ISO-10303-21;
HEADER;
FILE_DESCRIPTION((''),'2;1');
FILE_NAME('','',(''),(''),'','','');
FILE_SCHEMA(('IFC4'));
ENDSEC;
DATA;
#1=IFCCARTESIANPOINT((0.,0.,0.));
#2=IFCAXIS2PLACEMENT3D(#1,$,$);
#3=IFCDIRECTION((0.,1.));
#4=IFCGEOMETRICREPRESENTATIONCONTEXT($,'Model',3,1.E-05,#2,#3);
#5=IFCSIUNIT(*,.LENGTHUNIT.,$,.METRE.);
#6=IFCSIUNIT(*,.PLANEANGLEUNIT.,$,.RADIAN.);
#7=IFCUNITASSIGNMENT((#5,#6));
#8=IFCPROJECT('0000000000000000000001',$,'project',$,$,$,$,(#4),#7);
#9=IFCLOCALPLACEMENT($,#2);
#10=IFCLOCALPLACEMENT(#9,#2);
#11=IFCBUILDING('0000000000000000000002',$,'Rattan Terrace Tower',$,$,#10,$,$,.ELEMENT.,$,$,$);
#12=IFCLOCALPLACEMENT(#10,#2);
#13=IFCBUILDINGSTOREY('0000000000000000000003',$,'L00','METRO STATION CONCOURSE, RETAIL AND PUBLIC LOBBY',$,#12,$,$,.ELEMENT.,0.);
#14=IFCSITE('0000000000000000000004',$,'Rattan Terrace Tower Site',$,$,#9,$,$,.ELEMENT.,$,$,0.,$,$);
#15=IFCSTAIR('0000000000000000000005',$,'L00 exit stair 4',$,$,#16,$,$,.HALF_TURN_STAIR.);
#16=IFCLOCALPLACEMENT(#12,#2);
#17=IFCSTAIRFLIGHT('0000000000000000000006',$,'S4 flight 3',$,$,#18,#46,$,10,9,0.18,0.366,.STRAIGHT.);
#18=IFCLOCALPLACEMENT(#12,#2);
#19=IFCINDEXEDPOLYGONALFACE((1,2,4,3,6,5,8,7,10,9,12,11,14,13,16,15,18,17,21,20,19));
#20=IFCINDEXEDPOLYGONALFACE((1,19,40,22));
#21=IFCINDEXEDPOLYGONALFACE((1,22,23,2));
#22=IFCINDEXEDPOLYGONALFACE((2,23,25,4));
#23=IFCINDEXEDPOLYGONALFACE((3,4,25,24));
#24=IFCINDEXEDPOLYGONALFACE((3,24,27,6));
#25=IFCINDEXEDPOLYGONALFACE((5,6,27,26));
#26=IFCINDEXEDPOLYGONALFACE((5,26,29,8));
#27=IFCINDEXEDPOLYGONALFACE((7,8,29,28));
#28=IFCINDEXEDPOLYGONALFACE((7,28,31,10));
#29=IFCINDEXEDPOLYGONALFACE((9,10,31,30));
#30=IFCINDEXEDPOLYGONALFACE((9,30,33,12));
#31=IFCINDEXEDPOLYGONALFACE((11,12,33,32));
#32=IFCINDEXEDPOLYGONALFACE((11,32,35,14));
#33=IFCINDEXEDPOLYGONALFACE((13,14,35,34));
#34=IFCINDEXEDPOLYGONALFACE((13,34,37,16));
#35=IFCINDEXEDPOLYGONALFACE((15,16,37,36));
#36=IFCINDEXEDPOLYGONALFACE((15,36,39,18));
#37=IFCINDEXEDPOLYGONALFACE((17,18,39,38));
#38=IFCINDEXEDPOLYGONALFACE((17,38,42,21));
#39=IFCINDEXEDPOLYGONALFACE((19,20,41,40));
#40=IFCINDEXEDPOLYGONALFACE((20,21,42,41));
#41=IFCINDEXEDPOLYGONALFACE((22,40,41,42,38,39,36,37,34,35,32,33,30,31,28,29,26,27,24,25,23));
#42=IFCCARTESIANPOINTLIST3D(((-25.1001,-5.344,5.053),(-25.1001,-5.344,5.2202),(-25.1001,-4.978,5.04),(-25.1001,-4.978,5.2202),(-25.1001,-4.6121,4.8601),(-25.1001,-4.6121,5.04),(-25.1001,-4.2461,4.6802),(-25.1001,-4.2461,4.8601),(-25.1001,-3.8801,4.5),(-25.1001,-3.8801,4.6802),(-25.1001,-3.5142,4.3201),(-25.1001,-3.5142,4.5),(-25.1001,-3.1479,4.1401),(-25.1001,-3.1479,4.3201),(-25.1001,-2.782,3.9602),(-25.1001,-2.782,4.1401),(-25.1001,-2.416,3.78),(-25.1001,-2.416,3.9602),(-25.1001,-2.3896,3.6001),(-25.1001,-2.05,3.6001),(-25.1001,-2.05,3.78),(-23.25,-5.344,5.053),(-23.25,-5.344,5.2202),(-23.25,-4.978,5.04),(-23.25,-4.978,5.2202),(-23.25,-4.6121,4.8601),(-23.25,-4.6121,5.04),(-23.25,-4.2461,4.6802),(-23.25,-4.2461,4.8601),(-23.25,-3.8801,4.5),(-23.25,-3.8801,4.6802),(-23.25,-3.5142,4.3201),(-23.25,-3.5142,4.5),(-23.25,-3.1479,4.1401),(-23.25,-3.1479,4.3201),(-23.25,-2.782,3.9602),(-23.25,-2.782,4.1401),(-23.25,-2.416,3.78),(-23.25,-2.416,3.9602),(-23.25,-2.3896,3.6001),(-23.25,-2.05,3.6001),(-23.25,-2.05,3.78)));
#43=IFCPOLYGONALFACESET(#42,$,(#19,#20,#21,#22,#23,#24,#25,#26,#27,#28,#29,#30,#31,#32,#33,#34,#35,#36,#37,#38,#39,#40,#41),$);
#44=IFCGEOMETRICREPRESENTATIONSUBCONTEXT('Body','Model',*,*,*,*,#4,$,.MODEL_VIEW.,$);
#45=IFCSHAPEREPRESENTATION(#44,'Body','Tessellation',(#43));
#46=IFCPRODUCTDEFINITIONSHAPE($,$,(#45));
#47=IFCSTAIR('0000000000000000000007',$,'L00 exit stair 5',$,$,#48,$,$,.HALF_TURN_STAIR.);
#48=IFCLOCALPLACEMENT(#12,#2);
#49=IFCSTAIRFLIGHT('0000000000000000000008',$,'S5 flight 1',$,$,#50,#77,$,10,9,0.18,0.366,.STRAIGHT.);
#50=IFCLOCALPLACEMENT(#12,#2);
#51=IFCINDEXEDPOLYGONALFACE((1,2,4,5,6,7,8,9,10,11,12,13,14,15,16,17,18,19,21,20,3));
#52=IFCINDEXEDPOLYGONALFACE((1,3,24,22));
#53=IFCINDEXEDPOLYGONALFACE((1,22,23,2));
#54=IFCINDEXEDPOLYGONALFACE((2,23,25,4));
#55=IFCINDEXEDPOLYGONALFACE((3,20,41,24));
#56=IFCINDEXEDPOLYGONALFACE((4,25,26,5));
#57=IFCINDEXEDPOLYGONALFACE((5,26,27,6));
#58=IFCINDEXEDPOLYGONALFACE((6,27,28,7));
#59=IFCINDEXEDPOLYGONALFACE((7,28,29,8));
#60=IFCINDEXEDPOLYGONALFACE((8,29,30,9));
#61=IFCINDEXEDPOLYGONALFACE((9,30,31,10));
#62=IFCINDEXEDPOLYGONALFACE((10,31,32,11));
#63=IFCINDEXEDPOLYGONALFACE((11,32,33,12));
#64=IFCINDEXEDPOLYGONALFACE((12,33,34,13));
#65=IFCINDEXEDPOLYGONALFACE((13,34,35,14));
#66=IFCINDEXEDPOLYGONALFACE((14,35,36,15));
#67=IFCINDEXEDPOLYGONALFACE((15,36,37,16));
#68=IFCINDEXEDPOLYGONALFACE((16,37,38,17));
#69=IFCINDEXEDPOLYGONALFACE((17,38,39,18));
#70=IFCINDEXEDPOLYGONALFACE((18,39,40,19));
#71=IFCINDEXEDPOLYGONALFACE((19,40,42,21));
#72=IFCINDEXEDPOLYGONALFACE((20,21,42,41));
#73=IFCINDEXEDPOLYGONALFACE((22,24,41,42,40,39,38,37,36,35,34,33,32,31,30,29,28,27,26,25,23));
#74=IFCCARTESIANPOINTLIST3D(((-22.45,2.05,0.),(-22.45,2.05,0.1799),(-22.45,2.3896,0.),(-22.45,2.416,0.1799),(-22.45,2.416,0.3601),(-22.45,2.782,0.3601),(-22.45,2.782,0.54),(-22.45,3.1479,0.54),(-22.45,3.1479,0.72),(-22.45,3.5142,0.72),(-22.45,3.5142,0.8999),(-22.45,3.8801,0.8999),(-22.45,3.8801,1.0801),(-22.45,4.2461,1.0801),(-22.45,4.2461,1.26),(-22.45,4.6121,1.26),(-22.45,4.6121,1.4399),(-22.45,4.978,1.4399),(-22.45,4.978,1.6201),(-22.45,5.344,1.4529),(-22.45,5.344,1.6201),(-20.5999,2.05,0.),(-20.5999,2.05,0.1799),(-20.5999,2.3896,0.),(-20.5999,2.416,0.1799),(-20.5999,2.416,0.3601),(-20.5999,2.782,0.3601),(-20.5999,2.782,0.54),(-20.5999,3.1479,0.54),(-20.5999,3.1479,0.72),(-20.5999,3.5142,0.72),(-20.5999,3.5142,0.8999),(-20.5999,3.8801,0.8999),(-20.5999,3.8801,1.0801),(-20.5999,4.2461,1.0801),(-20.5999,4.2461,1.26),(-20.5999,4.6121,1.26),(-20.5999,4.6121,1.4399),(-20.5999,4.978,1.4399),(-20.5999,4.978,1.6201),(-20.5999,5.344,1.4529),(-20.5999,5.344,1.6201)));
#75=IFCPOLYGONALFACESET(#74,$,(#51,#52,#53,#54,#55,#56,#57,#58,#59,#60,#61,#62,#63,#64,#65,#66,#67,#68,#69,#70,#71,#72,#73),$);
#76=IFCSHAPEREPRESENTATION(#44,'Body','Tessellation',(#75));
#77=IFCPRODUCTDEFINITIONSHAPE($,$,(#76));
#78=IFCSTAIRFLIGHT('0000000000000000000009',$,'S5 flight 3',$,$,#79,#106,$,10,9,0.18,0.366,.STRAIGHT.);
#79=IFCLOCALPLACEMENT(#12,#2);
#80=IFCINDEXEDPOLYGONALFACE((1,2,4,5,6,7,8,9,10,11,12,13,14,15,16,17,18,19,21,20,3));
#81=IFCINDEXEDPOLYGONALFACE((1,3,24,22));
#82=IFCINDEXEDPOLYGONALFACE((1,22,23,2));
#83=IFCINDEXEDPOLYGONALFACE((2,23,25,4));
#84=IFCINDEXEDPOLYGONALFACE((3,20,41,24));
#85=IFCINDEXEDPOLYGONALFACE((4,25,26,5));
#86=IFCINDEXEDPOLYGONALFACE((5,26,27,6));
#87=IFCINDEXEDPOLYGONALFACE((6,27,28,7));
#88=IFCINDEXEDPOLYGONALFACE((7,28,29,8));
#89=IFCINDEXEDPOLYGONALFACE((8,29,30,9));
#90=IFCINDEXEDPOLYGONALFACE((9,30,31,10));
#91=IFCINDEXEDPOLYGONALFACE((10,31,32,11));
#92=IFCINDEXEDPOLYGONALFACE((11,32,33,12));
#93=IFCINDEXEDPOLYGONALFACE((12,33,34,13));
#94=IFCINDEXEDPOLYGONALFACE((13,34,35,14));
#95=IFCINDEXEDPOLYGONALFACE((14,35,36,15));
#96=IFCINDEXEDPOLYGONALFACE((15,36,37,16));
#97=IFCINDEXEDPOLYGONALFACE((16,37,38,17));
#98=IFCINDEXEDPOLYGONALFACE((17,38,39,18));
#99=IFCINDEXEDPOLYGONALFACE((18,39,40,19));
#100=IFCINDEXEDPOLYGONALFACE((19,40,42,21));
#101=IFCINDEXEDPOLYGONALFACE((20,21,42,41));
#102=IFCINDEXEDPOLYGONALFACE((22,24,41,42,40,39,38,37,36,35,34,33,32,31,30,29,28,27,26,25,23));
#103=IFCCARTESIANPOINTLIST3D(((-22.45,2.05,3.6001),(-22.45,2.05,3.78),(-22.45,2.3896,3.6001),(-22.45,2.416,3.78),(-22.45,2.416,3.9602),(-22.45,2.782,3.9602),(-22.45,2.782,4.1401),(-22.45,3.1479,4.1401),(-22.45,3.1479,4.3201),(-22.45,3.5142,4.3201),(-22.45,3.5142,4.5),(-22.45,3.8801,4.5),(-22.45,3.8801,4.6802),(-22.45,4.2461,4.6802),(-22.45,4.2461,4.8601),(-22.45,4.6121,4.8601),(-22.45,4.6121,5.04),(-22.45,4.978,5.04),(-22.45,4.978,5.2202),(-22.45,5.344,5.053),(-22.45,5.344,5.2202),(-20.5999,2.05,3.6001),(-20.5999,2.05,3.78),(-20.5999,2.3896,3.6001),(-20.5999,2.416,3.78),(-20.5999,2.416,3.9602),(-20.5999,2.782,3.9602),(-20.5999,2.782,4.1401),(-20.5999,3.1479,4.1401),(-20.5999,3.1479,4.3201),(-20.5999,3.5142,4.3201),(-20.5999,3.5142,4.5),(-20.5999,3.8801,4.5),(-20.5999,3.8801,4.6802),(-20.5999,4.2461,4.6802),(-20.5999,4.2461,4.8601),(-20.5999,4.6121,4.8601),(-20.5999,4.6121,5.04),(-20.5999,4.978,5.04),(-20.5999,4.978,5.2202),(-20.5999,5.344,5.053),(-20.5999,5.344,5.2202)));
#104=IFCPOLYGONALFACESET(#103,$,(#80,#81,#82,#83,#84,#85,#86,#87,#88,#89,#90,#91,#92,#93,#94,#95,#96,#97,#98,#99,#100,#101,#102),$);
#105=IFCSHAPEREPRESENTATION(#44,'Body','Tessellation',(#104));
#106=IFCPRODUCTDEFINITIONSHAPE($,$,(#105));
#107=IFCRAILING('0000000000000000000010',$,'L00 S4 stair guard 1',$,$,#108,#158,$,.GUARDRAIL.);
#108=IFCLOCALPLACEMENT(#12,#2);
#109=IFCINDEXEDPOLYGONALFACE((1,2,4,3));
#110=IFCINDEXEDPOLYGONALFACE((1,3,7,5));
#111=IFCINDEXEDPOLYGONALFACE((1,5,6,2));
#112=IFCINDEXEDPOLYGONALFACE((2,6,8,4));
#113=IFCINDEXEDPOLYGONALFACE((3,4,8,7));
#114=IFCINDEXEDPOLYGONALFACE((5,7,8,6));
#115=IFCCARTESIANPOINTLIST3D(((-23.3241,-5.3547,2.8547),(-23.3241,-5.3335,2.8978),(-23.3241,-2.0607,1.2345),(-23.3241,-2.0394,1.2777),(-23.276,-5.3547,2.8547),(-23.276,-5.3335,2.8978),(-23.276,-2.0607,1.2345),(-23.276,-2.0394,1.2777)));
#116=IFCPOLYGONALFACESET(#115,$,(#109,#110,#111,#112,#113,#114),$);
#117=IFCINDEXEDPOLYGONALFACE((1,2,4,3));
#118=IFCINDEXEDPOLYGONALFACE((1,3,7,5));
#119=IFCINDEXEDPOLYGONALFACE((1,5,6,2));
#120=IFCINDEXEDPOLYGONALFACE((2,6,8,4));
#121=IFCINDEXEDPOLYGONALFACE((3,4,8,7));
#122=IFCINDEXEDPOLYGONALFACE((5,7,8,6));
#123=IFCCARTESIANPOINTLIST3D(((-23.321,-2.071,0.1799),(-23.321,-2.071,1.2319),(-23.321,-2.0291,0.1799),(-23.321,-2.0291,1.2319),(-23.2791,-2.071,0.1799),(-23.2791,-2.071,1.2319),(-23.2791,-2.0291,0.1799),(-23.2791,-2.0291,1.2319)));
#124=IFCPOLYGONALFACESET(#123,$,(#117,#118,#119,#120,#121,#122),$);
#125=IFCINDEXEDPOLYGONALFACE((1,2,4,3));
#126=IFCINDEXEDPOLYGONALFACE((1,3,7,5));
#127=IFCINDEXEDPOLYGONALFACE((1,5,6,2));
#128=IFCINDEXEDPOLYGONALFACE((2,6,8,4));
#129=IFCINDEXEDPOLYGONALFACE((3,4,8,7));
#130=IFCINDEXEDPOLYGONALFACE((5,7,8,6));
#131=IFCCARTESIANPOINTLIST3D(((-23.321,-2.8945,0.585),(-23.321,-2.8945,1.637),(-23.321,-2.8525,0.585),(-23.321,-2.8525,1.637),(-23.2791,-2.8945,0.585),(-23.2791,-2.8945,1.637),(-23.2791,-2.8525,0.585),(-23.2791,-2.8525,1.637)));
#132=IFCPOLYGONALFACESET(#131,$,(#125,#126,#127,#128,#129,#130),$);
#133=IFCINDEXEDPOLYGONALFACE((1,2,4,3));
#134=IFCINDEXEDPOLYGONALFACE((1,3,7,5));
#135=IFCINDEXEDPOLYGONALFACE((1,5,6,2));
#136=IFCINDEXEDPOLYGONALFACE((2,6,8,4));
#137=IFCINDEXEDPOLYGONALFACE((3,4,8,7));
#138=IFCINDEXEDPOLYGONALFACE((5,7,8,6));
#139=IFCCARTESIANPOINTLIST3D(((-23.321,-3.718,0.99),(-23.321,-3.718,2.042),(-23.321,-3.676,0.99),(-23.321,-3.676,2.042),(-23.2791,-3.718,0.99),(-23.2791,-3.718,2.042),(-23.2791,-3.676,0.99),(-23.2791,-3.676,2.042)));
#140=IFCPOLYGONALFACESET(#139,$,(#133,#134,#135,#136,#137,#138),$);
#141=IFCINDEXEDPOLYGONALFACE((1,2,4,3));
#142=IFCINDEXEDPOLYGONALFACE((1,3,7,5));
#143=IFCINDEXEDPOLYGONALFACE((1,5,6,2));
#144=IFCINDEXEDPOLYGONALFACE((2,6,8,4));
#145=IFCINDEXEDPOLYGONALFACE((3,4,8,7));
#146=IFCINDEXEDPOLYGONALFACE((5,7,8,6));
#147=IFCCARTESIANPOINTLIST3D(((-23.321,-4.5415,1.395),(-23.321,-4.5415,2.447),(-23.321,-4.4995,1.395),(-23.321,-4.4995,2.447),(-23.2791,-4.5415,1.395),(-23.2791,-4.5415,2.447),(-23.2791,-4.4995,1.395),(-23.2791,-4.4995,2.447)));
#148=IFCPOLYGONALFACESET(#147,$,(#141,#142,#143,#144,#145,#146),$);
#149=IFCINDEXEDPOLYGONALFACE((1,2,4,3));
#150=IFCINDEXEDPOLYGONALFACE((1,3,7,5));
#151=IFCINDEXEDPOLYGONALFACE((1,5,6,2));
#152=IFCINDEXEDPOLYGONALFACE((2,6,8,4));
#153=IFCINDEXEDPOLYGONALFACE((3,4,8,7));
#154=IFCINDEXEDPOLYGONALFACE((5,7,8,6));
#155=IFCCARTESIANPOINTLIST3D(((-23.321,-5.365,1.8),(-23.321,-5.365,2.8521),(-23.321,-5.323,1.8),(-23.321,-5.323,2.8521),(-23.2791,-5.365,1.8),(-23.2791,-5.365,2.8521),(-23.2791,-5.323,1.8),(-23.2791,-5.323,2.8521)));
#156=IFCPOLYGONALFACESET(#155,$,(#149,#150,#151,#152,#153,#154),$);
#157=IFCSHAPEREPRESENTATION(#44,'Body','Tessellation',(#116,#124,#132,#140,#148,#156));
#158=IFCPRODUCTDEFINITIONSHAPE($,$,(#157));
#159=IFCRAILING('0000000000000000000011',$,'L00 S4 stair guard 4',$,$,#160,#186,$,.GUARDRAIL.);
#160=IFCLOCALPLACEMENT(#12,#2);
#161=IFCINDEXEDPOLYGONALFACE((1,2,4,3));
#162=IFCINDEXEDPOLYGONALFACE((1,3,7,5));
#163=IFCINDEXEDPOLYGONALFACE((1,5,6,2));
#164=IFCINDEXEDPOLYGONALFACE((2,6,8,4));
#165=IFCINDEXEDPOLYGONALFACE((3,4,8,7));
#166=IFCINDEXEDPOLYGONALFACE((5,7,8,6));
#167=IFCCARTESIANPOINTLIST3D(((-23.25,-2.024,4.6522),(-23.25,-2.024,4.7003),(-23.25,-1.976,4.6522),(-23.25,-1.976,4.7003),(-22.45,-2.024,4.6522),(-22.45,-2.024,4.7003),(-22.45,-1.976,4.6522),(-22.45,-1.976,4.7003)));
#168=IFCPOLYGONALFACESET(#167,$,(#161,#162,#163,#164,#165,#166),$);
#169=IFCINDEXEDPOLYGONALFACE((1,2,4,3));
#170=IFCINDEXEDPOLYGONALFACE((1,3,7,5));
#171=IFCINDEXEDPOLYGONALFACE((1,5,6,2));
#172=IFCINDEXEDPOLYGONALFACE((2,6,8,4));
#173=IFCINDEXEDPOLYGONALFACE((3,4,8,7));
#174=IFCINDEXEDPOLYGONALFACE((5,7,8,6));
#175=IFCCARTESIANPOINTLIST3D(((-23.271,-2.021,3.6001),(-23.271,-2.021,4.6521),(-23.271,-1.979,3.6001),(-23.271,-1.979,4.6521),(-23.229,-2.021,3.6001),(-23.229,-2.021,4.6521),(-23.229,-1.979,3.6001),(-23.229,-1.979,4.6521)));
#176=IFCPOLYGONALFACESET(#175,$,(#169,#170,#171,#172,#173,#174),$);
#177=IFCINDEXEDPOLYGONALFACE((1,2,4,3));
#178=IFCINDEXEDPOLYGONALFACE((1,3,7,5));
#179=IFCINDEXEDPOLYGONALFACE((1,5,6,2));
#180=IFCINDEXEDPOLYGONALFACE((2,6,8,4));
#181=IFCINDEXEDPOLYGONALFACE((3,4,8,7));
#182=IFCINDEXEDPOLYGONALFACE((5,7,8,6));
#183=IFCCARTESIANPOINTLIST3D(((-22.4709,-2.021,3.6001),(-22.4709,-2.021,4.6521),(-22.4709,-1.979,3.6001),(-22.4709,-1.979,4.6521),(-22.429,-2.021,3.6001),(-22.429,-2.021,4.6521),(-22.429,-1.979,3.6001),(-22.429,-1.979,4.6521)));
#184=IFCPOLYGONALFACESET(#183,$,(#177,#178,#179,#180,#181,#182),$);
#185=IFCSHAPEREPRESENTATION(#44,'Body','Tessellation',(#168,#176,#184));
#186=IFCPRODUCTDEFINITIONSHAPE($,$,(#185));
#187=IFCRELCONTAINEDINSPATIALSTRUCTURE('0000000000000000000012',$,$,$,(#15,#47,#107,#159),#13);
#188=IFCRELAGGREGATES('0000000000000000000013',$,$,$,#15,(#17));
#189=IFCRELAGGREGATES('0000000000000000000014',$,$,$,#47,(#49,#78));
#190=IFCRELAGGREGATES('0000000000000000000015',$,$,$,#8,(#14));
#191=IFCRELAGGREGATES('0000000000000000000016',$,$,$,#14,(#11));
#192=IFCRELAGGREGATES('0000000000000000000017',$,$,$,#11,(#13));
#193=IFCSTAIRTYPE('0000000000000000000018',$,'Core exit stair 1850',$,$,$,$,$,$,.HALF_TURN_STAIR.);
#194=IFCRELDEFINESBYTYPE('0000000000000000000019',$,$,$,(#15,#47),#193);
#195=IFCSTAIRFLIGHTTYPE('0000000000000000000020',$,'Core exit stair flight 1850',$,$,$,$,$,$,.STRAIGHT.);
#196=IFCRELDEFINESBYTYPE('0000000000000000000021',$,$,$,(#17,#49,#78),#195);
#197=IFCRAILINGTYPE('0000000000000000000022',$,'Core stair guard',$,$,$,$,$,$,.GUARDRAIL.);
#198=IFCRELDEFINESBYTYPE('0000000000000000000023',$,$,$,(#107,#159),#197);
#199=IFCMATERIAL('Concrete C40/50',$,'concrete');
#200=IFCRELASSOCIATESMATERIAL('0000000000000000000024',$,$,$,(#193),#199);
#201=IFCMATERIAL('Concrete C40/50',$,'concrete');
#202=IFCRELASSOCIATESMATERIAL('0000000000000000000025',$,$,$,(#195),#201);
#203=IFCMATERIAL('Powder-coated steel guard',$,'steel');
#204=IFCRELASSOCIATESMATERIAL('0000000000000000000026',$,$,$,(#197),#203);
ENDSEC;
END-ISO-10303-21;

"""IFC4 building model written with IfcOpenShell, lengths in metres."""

from ifc_helpers import new_model, si_unit, direction, frame, origin, origin_2d, place, context, subcontext, project, spatial, polyline, rectangle, outline, extrude, material, type_object, element, aggregate, save


model = new_model("IFC4")

# Units and contexts
model_context = context("Model", 3, precision=1e-05, world=origin(), true_north=direction((0.0, 1.0)))
body_context = subcontext(model_context, "Body", "Model", "MODEL_VIEW")
ifc_project = project(units=[si_unit("LENGTHUNIT", "METRE"), si_unit("PLANEANGLEUNIT", "RADIAN")], contexts=[model_context])

# Site, building, storey
site_placement = place(None, origin())
site = spatial("IfcSite", under=ifc_project, at=site_placement, Name="Rattan Terrace Tower Site", CompositionType="ELEMENT", RefElevation=0.0)
building_placement = place(site_placement, origin())
building = spatial("IfcBuilding", under=site, at=building_placement, Name="Rattan Terrace Tower", CompositionType="ELEMENT")
storey_placement = place(building_placement, origin())
storey = spatial("IfcBuildingStorey", under=building, at=storey_placement, Name="L00", Description="METRO STATION CONCOURSE, RETAIL AND PUBLIC LOBBY", CompositionType="ELEMENT", Elevation=0.0)

# Stairs, stair flights
ifc_material_1 = material(Name="Concrete C40/50", Category="concrete")
stair_type = type_object("IfcStairType", Name="Core exit stair 1850", PredefinedType="HALF_TURN_STAIR", material=ifc_material_1)
stair_1_placement = place(storey_placement, origin())
stair_1 = element("IfcStair", 1, at=stair_1_placement, inside=storey, type_object=stair_type, Name="L00 exit stair 4", PredefinedType="HALF_TURN_STAIR")
ifc_material_2 = material(Name="Concrete C40/50", Category="concrete")
stair_flight_type = type_object("IfcStairFlightType", Name="Core exit stair flight 1850", PredefinedType="STRAIGHT", material=ifc_material_2)
stair_flight_1_placement = place(storey_placement, frame((-24.175, -2.05, 3.6001), z_axis=(0.0, 0.0, 1.0), x_axis=(0.0, -1.0, 0.0)))
stair_flight_1 = element("IfcStairFlight", 2, at=stair_flight_1_placement, type_object=stair_flight_type, Name="S4 flight 3", NumberOfRisers=10, NumberOfTreads=9, PredefinedType="STRAIGHT", RiserHeight=0.18, TreadLength=0.366, context=body_context, shape_type="SweptSolid", body=[
    extrude(outline(polyline([(0.0, 0.0), (0.0, 0.1799), (0.366, 0.1799), (0.366, 0.3601), (0.7319, 0.3601), (0.7319, 0.54), (1.0979, 0.54), (1.0979, 0.72), (1.4641, 0.72), (1.4641, 0.8999), (1.8301, 0.8999), (1.8301, 1.0801), (2.196, 1.0801), (2.196, 1.26), (2.562, 1.26), (2.562, 1.4399), (2.928, 1.4399), (2.928, 1.6201), (3.2939, 1.6201), (3.2939, 1.8), (3.2939, 1.4529), (0.3396, 0.0), (0.0, 0.0)])), frame((0.0, 0.925, 0.0), z_axis=(0.0, -1.0, 0.0), x_axis=(1.0, 0.0, 0.0)), (0.0, 0.0, 1.0), 1.8501),
])
aggregate(stair_1, [stair_flight_1])
stair_2_placement = place(storey_placement, origin())
stair_2 = element("IfcStair", 3, at=stair_2_placement, inside=storey, type_object=stair_type, Name="L00 exit stair 5", PredefinedType="HALF_TURN_STAIR")
stair_flight_2_placement = place(storey_placement, frame((-21.5249, 2.05, 0.0), z_axis=(0.0, 0.0, 1.0), x_axis=(0.0, 1.0, 0.0)))
stair_flight_2 = element("IfcStairFlight", 4, at=stair_flight_2_placement, type_object=stair_flight_type, Name="S5 flight 1", NumberOfRisers=10, NumberOfTreads=9, PredefinedType="STRAIGHT", RiserHeight=0.18, TreadLength=0.366, context=body_context, shape_type="SweptSolid", body=[
    extrude(outline(polyline([(0.0, 0.0), (0.0, 0.1799), (0.366, 0.1799), (0.366, 0.3601), (0.7319, 0.3601), (0.7319, 0.54), (1.0979, 0.54), (1.0979, 0.72), (1.4641, 0.72), (1.4641, 0.8999), (1.8301, 0.8999), (1.8301, 1.0801), (2.196, 1.0801), (2.196, 1.26), (2.562, 1.26), (2.562, 1.4399), (2.928, 1.4399), (2.928, 1.6201), (3.2939, 1.6201), (3.2939, 1.8), (3.2939, 1.4529), (0.3396, 0.0), (0.0, 0.0)])), frame((0.0, 0.925, 0.0), z_axis=(0.0, -1.0, 0.0), x_axis=(1.0, 0.0, 0.0)), (0.0, 0.0, 1.0), 1.8501),
])
stair_flight_3_placement = place(storey_placement, frame((-21.5249, 2.05, 3.6001), z_axis=(0.0, 0.0, 1.0), x_axis=(0.0, 1.0, 0.0)))
stair_flight_3 = element("IfcStairFlight", 5, at=stair_flight_3_placement, type_object=stair_flight_type, Name="S5 flight 3", NumberOfRisers=10, NumberOfTreads=9, PredefinedType="STRAIGHT", RiserHeight=0.18, TreadLength=0.366, context=body_context, shape_type="SweptSolid", body=[
    extrude(outline(polyline([(0.0, 0.0), (0.0, 0.1799), (0.366, 0.1799), (0.366, 0.3601), (0.7319, 0.3601), (0.7319, 0.54), (1.0979, 0.54), (1.0979, 0.72), (1.4641, 0.72), (1.4641, 0.8999), (1.8301, 0.8999), (1.8301, 1.0801), (2.196, 1.0801), (2.196, 1.26), (2.562, 1.26), (2.562, 1.4399), (2.928, 1.4399), (2.928, 1.6201), (3.2939, 1.6201), (3.2939, 1.8), (3.2939, 1.4529), (0.3396, 0.0), (0.0, 0.0)])), frame((0.0, 0.925, 0.0), z_axis=(0.0, -1.0, 0.0), x_axis=(1.0, 0.0, 0.0)), (0.0, 0.0, 1.0), 1.8501),
])
aggregate(stair_2, [stair_flight_2, stair_flight_3])

# Railings
ifc_material_3 = material(Name="Powder-coated steel guard", Category="steel")
railing_type_1 = type_object("IfcRailingType", Name="Core stair guard", PredefinedType="GUARDRAIL", material=ifc_material_3)
railing_1_placement = place(storey_placement, frame((-23.3, -2.05, 0.1799)))
element("IfcRailing", 6, at=railing_1_placement, inside=storey, type_object=railing_type_1, Name="L00 S4 stair guard 1", PredefinedType="GUARDRAIL", context=body_context, shape_type="SweptSolid", body=[
    extrude(rectangle(XDim=0.0481, YDim=0.0481, at=origin_2d()), frame((0.0, 0.0, 1.0762), z_axis=(0.0, -0.897334, 0.441351), x_axis=(1.0, 0.0, 0.0)), (0.0, 0.0, 1.0), 3.6709),
    extrude(rectangle(XDim=0.042, YDim=0.042, at=origin_2d()), origin(), (0.0, 0.0, 1.0), 1.052),
    extrude(rectangle(XDim=0.042, YDim=0.042, at=origin_2d()), frame((0.0, -0.8235, 0.405)), (0.0, 0.0, 1.0), 1.052),
    extrude(rectangle(XDim=0.042, YDim=0.042, at=origin_2d()), frame((0.0, -1.647, 0.8101)), (0.0, 0.0, 1.0), 1.052),
    extrude(rectangle(XDim=0.042, YDim=0.042, at=origin_2d()), frame((0.0, -2.4705, 1.2151)), (0.0, 0.0, 1.0), 1.052),
    extrude(rectangle(XDim=0.042, YDim=0.042, at=origin_2d()), frame((0.0, -3.2939, 1.6201)), (0.0, 0.0, 1.0), 1.052),
])
railing_2_placement = place(storey_placement, frame((-23.25, -2.0, 3.6001)))
element("IfcRailing", 7, at=railing_2_placement, inside=storey, type_object=railing_type_1, Name="L00 S4 stair guard 4", PredefinedType="GUARDRAIL", context=body_context, shape_type="SweptSolid", body=[
    extrude(rectangle(XDim=0.0481, YDim=0.0481, at=origin_2d()), frame((0.0, 0.0, 1.0762), z_axis=(1.0, 0.0, 0.0), x_axis=(0.0, 1.0, 0.0)), (0.0, 0.0, 1.0), 0.8),
    extrude(rectangle(XDim=0.042, YDim=0.042, at=origin_2d()), origin(), (0.0, 0.0, 1.0), 1.052),
    extrude(rectangle(XDim=0.042, YDim=0.042, at=origin_2d()), frame((0.8, 0.0, 0.0)), (0.0, 0.0, 1.0), 1.052),
])

save(model, "model.ifc")
